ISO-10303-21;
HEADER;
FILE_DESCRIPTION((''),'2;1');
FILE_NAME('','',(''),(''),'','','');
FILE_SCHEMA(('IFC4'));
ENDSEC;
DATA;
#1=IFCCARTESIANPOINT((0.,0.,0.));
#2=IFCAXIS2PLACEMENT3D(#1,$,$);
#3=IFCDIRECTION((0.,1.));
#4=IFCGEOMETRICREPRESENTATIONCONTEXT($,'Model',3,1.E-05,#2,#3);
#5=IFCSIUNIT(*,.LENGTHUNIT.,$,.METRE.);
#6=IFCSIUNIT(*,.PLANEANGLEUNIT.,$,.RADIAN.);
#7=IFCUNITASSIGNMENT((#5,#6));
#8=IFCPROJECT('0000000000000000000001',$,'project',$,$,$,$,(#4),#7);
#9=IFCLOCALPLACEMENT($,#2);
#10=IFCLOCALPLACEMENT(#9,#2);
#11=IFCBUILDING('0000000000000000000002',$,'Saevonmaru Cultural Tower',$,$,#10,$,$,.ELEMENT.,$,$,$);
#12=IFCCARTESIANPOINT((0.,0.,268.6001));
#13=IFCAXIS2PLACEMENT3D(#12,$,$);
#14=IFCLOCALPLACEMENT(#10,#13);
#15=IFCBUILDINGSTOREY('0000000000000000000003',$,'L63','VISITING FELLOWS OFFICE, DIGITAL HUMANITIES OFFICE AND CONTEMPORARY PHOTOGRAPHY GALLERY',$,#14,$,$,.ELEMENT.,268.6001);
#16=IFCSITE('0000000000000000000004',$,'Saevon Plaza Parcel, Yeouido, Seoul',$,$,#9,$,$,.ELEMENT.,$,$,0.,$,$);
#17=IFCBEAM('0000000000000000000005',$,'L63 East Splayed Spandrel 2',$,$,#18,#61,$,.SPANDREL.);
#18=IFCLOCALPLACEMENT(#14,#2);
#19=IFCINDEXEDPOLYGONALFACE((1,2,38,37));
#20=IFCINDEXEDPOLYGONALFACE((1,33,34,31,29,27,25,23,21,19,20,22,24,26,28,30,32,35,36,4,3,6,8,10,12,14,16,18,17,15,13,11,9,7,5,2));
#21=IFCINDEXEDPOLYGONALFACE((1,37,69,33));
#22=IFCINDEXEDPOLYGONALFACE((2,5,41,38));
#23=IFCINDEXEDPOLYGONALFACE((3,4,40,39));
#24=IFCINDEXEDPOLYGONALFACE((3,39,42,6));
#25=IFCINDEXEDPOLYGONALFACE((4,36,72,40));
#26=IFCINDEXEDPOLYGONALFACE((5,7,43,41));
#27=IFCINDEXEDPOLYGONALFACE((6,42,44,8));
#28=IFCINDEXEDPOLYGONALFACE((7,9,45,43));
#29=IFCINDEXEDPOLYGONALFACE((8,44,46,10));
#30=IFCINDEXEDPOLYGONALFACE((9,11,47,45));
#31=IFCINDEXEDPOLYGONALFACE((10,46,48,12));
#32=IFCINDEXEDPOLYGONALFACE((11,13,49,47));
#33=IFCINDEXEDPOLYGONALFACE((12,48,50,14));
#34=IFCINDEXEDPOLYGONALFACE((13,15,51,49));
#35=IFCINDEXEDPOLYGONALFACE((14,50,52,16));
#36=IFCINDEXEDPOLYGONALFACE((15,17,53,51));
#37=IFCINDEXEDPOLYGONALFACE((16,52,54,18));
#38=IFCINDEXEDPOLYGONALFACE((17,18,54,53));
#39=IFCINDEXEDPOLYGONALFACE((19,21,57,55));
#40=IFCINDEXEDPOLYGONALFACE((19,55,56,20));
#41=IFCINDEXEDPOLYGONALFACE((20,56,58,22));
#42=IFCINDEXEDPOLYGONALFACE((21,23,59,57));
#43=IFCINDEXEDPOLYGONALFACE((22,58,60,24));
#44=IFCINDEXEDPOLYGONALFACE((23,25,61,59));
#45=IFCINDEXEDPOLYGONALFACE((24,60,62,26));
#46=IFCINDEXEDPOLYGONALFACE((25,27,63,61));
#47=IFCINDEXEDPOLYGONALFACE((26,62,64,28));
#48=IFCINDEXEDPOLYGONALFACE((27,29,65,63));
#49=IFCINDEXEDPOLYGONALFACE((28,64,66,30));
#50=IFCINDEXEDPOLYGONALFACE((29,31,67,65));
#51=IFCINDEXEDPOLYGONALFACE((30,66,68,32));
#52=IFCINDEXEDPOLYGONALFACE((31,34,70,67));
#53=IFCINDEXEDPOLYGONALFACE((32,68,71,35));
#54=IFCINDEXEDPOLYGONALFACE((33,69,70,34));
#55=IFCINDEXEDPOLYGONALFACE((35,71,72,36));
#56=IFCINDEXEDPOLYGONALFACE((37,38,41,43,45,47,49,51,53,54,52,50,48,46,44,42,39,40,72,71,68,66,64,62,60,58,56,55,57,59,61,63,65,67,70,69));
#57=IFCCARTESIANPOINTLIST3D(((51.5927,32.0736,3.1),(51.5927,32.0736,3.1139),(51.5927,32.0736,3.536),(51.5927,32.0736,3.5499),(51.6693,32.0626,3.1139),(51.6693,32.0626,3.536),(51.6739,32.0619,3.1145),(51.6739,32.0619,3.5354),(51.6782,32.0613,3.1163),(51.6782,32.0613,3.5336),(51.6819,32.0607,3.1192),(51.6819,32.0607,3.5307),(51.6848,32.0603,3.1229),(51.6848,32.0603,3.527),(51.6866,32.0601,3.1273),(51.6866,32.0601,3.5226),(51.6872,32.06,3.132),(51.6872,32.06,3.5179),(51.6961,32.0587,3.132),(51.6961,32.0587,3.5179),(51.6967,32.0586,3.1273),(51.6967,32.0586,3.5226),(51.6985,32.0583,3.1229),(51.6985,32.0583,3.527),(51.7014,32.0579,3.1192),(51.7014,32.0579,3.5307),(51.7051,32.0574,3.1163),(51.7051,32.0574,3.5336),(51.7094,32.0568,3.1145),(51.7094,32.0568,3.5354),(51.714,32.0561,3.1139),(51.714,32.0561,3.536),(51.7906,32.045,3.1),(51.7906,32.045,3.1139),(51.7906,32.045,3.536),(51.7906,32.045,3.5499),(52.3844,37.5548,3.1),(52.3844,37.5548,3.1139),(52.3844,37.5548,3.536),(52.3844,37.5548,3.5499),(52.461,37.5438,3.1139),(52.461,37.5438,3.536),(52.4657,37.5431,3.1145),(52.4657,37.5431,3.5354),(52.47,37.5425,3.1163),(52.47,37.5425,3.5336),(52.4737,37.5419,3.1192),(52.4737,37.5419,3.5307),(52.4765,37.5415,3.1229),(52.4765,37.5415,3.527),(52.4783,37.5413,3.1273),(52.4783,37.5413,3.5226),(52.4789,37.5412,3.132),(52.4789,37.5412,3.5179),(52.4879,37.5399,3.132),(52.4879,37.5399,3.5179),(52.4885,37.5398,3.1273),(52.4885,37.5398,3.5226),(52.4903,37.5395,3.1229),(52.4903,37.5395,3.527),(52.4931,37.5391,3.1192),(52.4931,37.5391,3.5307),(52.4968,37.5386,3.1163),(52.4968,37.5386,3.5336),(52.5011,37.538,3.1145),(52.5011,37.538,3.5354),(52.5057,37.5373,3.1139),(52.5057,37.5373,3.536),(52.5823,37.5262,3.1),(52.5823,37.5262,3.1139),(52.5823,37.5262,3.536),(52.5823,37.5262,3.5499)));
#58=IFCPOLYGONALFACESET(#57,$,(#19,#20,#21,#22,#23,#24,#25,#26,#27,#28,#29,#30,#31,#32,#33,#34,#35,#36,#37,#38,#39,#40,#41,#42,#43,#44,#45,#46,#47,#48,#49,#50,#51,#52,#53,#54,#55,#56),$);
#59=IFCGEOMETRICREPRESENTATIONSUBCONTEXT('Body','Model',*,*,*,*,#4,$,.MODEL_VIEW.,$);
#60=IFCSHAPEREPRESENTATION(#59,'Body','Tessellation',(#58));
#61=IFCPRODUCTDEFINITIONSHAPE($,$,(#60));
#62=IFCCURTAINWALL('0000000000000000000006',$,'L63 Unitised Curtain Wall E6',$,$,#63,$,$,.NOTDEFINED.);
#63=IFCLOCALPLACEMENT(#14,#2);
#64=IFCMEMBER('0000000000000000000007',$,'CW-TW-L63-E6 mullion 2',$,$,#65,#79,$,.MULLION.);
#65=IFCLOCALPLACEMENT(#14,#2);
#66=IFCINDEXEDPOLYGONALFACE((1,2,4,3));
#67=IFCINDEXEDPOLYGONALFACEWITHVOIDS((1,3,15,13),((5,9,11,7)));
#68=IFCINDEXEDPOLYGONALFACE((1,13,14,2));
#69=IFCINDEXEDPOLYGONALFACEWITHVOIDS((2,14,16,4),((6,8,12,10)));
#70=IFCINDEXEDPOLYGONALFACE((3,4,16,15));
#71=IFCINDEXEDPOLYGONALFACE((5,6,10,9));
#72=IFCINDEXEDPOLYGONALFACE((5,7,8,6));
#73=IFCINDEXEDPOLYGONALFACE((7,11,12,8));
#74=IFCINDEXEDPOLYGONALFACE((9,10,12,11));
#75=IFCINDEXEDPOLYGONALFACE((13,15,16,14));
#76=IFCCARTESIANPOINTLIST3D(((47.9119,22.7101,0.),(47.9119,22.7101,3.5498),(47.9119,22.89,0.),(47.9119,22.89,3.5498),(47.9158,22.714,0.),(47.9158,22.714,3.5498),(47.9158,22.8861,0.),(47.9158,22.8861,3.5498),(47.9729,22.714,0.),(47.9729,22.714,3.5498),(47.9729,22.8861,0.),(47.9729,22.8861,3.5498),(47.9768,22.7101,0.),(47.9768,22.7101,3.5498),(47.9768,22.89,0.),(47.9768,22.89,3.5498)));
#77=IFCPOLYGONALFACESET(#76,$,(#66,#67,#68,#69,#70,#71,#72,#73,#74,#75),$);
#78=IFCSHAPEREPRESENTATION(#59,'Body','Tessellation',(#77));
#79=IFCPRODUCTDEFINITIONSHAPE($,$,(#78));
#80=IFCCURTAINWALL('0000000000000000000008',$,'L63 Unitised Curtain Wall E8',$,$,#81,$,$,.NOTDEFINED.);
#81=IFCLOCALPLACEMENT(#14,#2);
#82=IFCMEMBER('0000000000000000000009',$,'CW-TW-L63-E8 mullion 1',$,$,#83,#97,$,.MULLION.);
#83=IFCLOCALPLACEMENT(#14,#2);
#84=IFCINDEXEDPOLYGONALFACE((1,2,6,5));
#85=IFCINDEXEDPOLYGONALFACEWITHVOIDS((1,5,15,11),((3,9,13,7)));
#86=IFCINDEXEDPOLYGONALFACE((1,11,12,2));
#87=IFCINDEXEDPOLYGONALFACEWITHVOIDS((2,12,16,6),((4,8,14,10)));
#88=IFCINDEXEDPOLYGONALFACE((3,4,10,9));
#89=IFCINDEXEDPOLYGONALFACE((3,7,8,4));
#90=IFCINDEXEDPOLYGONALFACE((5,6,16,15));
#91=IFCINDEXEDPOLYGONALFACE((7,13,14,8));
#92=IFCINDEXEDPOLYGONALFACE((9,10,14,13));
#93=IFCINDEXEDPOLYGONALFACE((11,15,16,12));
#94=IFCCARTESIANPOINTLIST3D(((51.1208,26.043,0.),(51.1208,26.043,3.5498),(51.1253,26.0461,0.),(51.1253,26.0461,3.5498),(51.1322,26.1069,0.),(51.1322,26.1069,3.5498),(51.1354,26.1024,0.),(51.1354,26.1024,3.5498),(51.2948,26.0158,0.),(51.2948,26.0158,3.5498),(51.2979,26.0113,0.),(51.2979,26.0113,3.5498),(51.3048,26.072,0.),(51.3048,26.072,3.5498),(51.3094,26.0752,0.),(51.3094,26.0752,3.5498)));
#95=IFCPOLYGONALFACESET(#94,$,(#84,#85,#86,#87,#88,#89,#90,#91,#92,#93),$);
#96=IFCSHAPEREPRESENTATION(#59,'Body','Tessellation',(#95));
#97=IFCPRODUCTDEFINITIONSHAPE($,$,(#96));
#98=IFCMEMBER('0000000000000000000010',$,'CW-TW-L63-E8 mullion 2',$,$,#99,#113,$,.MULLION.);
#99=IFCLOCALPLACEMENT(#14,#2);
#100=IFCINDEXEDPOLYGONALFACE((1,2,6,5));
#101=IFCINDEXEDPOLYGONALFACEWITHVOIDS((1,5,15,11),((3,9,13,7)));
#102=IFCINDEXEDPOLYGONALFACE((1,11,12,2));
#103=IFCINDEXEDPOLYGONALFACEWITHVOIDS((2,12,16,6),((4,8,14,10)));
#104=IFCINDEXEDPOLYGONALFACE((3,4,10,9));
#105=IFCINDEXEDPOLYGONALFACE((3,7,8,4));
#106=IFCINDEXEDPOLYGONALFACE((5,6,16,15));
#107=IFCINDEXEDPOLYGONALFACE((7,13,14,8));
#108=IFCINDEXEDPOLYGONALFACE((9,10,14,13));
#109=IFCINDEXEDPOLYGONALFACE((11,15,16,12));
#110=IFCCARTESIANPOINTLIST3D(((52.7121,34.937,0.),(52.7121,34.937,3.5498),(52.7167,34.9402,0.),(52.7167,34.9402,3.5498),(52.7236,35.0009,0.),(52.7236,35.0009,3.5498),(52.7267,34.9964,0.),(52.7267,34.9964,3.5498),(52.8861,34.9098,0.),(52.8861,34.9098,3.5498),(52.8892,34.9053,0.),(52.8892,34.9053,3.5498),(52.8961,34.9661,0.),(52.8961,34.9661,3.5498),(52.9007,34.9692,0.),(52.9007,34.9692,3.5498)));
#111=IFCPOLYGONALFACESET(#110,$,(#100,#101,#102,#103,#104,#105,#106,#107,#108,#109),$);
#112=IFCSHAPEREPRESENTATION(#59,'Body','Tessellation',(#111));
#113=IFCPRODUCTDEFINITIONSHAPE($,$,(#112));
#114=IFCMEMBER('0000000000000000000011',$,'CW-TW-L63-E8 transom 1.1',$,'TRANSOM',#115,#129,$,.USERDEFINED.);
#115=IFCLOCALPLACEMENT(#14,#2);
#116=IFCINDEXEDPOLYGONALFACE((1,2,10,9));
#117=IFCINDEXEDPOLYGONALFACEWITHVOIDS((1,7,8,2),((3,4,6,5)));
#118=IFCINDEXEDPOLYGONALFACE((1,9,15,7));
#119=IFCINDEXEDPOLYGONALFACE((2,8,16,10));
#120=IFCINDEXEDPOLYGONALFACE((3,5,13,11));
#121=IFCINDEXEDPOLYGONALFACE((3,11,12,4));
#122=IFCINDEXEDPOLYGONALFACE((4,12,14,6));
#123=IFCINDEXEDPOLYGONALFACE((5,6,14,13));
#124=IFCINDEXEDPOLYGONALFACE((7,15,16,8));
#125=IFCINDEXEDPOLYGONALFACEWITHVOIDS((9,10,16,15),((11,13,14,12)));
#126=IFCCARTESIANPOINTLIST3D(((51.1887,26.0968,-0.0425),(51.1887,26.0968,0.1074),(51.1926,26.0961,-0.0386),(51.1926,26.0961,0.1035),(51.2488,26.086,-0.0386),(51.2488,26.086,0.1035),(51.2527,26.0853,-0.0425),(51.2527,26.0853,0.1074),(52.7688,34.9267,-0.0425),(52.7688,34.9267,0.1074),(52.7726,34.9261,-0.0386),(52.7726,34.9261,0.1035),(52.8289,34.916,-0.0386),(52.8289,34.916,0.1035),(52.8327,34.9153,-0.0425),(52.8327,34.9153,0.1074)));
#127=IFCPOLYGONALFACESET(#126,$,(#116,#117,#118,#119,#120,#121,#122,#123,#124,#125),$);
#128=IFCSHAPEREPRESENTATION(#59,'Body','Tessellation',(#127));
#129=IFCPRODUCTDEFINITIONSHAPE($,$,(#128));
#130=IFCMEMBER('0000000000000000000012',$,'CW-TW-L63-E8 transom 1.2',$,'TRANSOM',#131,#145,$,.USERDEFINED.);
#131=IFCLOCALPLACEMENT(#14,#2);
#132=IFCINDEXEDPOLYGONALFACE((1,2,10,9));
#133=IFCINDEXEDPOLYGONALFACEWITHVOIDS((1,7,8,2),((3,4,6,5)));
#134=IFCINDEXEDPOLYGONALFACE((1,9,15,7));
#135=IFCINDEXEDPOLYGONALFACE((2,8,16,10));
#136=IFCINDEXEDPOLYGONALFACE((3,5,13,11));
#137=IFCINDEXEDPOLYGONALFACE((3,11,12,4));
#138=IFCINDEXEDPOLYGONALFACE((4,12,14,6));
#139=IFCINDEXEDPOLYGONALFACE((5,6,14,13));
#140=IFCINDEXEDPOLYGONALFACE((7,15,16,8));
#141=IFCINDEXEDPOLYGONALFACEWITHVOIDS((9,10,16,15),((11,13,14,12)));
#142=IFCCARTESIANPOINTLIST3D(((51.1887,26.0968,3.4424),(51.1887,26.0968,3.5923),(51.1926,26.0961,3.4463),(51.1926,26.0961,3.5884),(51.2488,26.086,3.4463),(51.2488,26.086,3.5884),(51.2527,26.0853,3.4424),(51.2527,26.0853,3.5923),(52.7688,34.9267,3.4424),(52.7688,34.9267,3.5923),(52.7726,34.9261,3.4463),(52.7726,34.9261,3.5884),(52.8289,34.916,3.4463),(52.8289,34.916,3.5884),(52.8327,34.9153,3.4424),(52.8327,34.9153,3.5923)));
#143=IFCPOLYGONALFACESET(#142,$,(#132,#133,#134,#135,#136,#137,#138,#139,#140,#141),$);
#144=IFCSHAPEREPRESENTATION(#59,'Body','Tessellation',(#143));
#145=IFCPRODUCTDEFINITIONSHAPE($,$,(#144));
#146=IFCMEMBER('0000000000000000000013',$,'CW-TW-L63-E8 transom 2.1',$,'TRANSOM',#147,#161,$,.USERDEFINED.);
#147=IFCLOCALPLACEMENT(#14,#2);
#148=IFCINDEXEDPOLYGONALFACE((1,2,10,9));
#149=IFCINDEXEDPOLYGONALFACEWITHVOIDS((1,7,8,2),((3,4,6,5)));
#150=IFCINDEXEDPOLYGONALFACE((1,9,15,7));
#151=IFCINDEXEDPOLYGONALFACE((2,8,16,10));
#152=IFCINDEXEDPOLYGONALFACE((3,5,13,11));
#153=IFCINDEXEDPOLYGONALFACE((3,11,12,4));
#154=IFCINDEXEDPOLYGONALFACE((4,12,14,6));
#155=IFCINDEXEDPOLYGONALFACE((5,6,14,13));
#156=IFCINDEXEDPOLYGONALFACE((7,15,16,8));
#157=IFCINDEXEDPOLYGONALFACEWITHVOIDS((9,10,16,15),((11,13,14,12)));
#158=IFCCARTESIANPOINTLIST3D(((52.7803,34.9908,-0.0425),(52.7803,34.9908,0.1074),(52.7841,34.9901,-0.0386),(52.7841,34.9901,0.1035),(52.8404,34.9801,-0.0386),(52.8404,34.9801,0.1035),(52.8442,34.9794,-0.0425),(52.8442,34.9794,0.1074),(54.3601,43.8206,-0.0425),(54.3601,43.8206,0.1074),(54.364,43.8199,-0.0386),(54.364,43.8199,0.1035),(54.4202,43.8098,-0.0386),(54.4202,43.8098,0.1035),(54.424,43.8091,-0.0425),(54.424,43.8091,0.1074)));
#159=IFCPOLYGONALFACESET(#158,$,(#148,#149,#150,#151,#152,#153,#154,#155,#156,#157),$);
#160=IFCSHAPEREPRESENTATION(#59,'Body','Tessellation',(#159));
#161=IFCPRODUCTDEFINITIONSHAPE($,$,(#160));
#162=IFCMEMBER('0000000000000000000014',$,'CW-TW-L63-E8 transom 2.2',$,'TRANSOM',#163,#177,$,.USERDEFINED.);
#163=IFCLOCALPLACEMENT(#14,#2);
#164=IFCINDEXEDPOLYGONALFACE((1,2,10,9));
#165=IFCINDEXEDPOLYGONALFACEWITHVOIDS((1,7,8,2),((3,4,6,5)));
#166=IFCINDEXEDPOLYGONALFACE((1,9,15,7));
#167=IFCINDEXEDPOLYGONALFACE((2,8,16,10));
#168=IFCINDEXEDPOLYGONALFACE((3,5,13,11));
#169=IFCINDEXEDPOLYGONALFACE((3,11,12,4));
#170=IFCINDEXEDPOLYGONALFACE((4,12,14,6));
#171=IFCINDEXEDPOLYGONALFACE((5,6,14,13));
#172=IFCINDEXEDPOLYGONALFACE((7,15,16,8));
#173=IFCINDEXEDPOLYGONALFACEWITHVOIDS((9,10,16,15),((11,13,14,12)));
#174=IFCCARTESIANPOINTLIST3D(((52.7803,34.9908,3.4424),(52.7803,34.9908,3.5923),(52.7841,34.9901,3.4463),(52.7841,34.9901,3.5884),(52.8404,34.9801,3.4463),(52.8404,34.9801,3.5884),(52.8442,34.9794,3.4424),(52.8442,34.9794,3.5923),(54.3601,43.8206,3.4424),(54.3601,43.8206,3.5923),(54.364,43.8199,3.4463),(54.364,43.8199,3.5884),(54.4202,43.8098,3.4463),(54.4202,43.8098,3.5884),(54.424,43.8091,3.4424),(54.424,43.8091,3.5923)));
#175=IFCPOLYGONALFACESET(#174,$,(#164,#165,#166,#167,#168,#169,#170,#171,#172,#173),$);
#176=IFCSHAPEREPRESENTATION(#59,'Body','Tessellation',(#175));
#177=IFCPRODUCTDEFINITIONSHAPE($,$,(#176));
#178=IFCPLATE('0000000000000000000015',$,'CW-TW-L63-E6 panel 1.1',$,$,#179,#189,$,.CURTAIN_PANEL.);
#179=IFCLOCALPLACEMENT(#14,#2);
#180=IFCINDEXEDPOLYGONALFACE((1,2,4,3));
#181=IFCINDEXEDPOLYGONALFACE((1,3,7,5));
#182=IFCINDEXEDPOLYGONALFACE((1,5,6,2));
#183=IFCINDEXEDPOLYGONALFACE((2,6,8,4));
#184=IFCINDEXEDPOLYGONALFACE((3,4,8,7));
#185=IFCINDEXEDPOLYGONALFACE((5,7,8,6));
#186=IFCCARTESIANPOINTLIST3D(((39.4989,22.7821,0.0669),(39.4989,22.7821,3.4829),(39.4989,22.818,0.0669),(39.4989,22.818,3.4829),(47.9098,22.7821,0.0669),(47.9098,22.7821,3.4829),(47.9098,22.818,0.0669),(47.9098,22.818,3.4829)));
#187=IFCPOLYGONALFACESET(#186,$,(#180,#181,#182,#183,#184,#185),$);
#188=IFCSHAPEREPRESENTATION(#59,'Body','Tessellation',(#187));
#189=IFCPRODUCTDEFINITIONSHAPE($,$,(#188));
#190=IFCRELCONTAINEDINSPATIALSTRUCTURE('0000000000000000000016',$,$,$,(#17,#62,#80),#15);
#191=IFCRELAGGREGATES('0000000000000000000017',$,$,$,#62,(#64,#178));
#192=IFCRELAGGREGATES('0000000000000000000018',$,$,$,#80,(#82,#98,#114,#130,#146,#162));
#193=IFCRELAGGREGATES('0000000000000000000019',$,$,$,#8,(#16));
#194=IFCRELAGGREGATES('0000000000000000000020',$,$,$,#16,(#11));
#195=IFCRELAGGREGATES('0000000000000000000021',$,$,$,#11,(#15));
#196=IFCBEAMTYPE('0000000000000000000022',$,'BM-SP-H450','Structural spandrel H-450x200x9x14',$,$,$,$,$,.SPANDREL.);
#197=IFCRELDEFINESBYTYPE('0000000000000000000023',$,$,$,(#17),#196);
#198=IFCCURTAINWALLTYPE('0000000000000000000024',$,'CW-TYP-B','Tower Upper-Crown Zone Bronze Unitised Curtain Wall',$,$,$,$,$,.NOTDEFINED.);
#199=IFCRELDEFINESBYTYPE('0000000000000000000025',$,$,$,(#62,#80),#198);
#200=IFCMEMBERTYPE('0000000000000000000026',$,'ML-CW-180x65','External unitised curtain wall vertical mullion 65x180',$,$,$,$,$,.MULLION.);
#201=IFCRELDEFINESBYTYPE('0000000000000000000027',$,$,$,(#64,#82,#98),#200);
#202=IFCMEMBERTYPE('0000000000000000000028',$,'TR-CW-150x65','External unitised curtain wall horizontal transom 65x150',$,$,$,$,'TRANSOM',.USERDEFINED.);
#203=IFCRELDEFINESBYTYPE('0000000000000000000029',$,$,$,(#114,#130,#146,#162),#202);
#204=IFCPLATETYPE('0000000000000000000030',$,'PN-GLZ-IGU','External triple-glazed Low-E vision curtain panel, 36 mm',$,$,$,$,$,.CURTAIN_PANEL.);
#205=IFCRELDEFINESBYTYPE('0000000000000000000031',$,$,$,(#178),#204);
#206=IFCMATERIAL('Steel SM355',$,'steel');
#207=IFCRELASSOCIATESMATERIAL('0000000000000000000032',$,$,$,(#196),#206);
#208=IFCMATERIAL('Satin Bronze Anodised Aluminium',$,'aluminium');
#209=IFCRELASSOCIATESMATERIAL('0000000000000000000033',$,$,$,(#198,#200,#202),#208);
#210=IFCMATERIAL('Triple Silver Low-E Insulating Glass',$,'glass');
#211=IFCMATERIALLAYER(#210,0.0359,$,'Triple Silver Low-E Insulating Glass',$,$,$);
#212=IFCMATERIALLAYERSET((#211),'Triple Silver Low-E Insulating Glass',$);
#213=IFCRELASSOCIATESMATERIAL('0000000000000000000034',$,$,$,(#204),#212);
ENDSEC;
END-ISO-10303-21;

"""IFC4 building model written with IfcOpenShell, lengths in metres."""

from ifc_helpers import new_model, si_unit, direction, frame, origin, origin_2d, place, context, subcontext, project, spatial, rectangle, hollow_rectangle, i_section, extrude, material, layer, layer_set, material_profile, profile_set, type_object, element, aggregate, save


model = new_model("IFC4")

# Units and contexts
model_context = context("Model", 3, precision=1e-05, world=origin(), true_north=direction((0.0, 1.0)))
body_context = subcontext(model_context, "Body", "Model", "MODEL_VIEW")
ifc_project = project(units=[si_unit("LENGTHUNIT", "METRE"), si_unit("PLANEANGLEUNIT", "RADIAN")], contexts=[model_context])

# Site, building, storey
site_placement = place(None, origin())
site = spatial("IfcSite", under=ifc_project, at=site_placement, Name="Saevon Plaza Parcel, Yeouido, Seoul", CompositionType="ELEMENT", RefElevation=0.0)
building_placement = place(site_placement, origin())
building = spatial("IfcBuilding", under=site, at=building_placement, Name="Saevonmaru Cultural Tower", CompositionType="ELEMENT")
storey_placement = place(building_placement, frame((0.0, 0.0, 268.6001)))
storey = spatial("IfcBuildingStorey", under=building, at=storey_placement, Name="L63", Description="VISITING FELLOWS OFFICE, DIGITAL HUMANITIES OFFICE AND CONTEMPORARY PHOTOGRAPHY GALLERY", CompositionType="ELEMENT", Elevation=268.6001)

# Shared definitions
ifc_material_1 = material(Name="Steel SM355", Category="steel")

# Beam
ifc_material_profile_1 = material_profile(ifc_material_1, i_section(OverallWidth=0.2, OverallDepth=0.45, WebThickness=0.009, FlangeThickness=0.0139, FilletRadius=0.0181, at=origin_2d()), Name="H-450x200x9x14")
ifc_profile_set_1 = profile_set([ifc_material_profile_1], Name="Steel SM355")
beam_type_1 = type_object("IfcBeamType", Name="BM-SP-H450", Description="Structural spandrel H-450x200x9x14", PredefinedType="SPANDREL", material=ifc_profile_set_1)
beam_1_placement = place(storey_placement, frame((51.6917, 32.0593, 3.325), z_axis=(0.142964, 0.989728, 0.0), x_axis=(-0.989728, 0.142964, 0.0)))
element("IfcBeam", 1, at=beam_1_placement, inside=storey, type_object=beam_type_1, Name="L63 East Splayed Spandrel 2", PredefinedType="SPANDREL", context=body_context, shape_type="SweptSolid", body=[
    extrude(i_section(OverallWidth=0.2, OverallDepth=0.45, WebThickness=0.009, FlangeThickness=0.0139, FilletRadius=0.0181, at=origin_2d()), origin(), (0.0, 0.0, 1.0), 5.5381),
])

# Curtain wall, member
ifc_material_2 = material(Name="Satin Bronze Anodised Aluminium", Category="aluminium")
curtain_wall_type = type_object("IfcCurtainWallType", Name="CW-TYP-B", Description="Tower Upper-Crown Zone Bronze Unitised Curtain Wall", PredefinedType="NOTDEFINED", material=ifc_material_2)
curtain_wall_1_placement = place(storey_placement, origin())
curtain_wall_1 = element("IfcCurtainWall", 2, at=curtain_wall_1_placement, inside=storey, type_object=curtain_wall_type, Name="L63 Unitised Curtain Wall E6", PredefinedType="NOTDEFINED")
ifc_material_profile_2 = material_profile(ifc_material_2, hollow_rectangle(XDim=0.0649, YDim=0.1799, WallThickness=0.0039, at=origin_2d()), Name="ALU-MULL-180x65x4")
ifc_profile_set_2 = profile_set([ifc_material_profile_2], Name="Satin Bronze Anodised Aluminium")
member_type_1 = type_object("IfcMemberType", Name="ML-CW-180x65", Description="External unitised curtain wall vertical mullion 65x180", PredefinedType="MULLION", material=ifc_profile_set_2)
member_1_placement = place(storey_placement, frame((47.9443, 22.8, 0.0), z_axis=(0.0, 0.0, 1.0), x_axis=(1.0, 0.0, 0.0)))
member_1 = element("IfcMember", 3, at=member_1_placement, type_object=member_type_1, Name="CW-TW-L63-E6 mullion 2", PredefinedType="MULLION", context=body_context, shape_type="SweptSolid", body=[
    extrude(hollow_rectangle(XDim=0.0649, YDim=0.1799, WallThickness=0.0039, at=origin_2d()), origin(), (0.0, 0.0, 1.0), 3.5498),
])

# Curtain wall, members
curtain_wall_2_placement = place(storey_placement, origin())
curtain_wall_2 = element("IfcCurtainWall", 4, at=curtain_wall_2_placement, inside=storey, type_object=curtain_wall_type, Name="L63 Unitised Curtain Wall E8", PredefinedType="NOTDEFINED")
member_2_placement = place(storey_placement, frame((51.2151, 26.0591, 0.0), z_axis=(0.0, 0.0, 1.0), x_axis=(0.176141, 0.984365, 0.0)))
member_2 = element("IfcMember", 5, at=member_2_placement, type_object=member_type_1, Name="CW-TW-L63-E8 mullion 1", PredefinedType="MULLION", context=body_context, shape_type="SweptSolid", body=[
    extrude(hollow_rectangle(XDim=0.0649, YDim=0.1799, WallThickness=0.0039, at=origin_2d()), origin(), (0.0, 0.0, 1.0), 3.5498),
])
member_3_placement = place(storey_placement, frame((52.8064, 34.9531, 0.0), z_axis=(0.0, 0.0, 1.0), x_axis=(0.176141, 0.984365, 0.0)))
member_3 = element("IfcMember", 6, at=member_3_placement, type_object=member_type_1, Name="CW-TW-L63-E8 mullion 2", PredefinedType="MULLION", context=body_context, shape_type="SweptSolid", body=[
    extrude(hollow_rectangle(XDim=0.0649, YDim=0.1799, WallThickness=0.0039, at=origin_2d()), origin(), (0.0, 0.0, 1.0), 3.5498),
])
ifc_material_profile_3 = material_profile(ifc_material_2, hollow_rectangle(XDim=0.0649, YDim=0.1499, WallThickness=0.0039, at=origin_2d()), Name="ALU-TRAN-150x65x4")
ifc_profile_set_3 = profile_set([ifc_material_profile_3], Name="Satin Bronze Anodised Aluminium")
member_type_2 = type_object("IfcMemberType", Name="TR-CW-150x65", Description="External unitised curtain wall horizontal transom 65x150", ElementType="TRANSOM", PredefinedType="USERDEFINED", material=ifc_profile_set_3)
member_4_placement = place(storey_placement, frame((51.2207, 26.0911, 0.0325), z_axis=(0.176145, 0.984364, 0.0), x_axis=(-0.984364, 0.176145, 0.0)))
member_4 = element("IfcMember", 7, at=member_4_placement, type_object=member_type_2, Name="CW-TW-L63-E8 transom 1.1", ObjectType="TRANSOM", PredefinedType="USERDEFINED", context=body_context, shape_type="SweptSolid", body=[
    extrude(hollow_rectangle(XDim=0.0649, YDim=0.1499, WallThickness=0.0039, at=origin_2d()), origin(), (0.0, 0.0, 1.0), 8.9702),
])
member_5_placement = place(storey_placement, frame((51.2207, 26.0911, 3.5173), z_axis=(0.176145, 0.984364, 0.0), x_axis=(-0.984364, 0.176145, 0.0)))
member_5 = element("IfcMember", 8, at=member_5_placement, type_object=member_type_2, Name="CW-TW-L63-E8 transom 1.2", ObjectType="TRANSOM", PredefinedType="USERDEFINED", context=body_context, shape_type="SweptSolid", body=[
    extrude(hollow_rectangle(XDim=0.0649, YDim=0.1499, WallThickness=0.0039, at=origin_2d()), origin(), (0.0, 0.0, 1.0), 8.9702),
])
member_6_placement = place(storey_placement, frame((52.8123, 34.9851, 0.0325), z_axis=(0.176123, 0.984368, 0.0), x_axis=(-0.984368, 0.176123, 0.0)))
member_6 = element("IfcMember", 9, at=member_6_placement, type_object=member_type_2, Name="CW-TW-L63-E8 transom 2.1", ObjectType="TRANSOM", PredefinedType="USERDEFINED", context=body_context, shape_type="SweptSolid", body=[
    extrude(hollow_rectangle(XDim=0.0649, YDim=0.1499, WallThickness=0.0039, at=origin_2d()), origin(), (0.0, 0.0, 1.0), 8.97),
])
member_7_placement = place(storey_placement, frame((52.8123, 34.9851, 3.5173), z_axis=(0.176123, 0.984368, 0.0), x_axis=(-0.984368, 0.176123, 0.0)))
member_7 = element("IfcMember", 10, at=member_7_placement, type_object=member_type_2, Name="CW-TW-L63-E8 transom 2.2", ObjectType="TRANSOM", PredefinedType="USERDEFINED", context=body_context, shape_type="SweptSolid", body=[
    extrude(hollow_rectangle(XDim=0.0649, YDim=0.1499, WallThickness=0.0039, at=origin_2d()), origin(), (0.0, 0.0, 1.0), 8.97),
])

# Plate
ifc_material_3 = material(Name="Triple Silver Low-E Insulating Glass", Category="glass")
ifc_layer_1 = layer(ifc_material_3, 0.0359, Name="Triple Silver Low-E Insulating Glass")
ifc_layer_set_1 = layer_set([ifc_layer_1], Name="Triple Silver Low-E Insulating Glass")
plate_type = type_object("IfcPlateType", Name="PN-GLZ-IGU", Description="External triple-glazed Low-E vision curtain panel, 36 mm", PredefinedType="CURTAIN_PANEL", material=ifc_layer_set_1)
plate_1_placement = place(storey_placement, frame((43.7043, 22.8, 0.0669), z_axis=(0.0, 0.0, 1.0), x_axis=(1.0, 0.0, 0.0)))
plate_1 = element("IfcPlate", 11, at=plate_1_placement, type_object=plate_type, Name="CW-TW-L63-E6 panel 1.1", PredefinedType="CURTAIN_PANEL", context=body_context, shape_type="SweptSolid", body=[
    extrude(rectangle(XDim=8.4109, YDim=0.0359, at=origin_2d()), origin(), (0.0, 0.0, 1.0), 3.416),
])
aggregate(curtain_wall_1, [member_1, plate_1])
aggregate(curtain_wall_2, [member_2, member_3, member_4, member_5, member_6, member_7])

save(model, "model.ifc")
